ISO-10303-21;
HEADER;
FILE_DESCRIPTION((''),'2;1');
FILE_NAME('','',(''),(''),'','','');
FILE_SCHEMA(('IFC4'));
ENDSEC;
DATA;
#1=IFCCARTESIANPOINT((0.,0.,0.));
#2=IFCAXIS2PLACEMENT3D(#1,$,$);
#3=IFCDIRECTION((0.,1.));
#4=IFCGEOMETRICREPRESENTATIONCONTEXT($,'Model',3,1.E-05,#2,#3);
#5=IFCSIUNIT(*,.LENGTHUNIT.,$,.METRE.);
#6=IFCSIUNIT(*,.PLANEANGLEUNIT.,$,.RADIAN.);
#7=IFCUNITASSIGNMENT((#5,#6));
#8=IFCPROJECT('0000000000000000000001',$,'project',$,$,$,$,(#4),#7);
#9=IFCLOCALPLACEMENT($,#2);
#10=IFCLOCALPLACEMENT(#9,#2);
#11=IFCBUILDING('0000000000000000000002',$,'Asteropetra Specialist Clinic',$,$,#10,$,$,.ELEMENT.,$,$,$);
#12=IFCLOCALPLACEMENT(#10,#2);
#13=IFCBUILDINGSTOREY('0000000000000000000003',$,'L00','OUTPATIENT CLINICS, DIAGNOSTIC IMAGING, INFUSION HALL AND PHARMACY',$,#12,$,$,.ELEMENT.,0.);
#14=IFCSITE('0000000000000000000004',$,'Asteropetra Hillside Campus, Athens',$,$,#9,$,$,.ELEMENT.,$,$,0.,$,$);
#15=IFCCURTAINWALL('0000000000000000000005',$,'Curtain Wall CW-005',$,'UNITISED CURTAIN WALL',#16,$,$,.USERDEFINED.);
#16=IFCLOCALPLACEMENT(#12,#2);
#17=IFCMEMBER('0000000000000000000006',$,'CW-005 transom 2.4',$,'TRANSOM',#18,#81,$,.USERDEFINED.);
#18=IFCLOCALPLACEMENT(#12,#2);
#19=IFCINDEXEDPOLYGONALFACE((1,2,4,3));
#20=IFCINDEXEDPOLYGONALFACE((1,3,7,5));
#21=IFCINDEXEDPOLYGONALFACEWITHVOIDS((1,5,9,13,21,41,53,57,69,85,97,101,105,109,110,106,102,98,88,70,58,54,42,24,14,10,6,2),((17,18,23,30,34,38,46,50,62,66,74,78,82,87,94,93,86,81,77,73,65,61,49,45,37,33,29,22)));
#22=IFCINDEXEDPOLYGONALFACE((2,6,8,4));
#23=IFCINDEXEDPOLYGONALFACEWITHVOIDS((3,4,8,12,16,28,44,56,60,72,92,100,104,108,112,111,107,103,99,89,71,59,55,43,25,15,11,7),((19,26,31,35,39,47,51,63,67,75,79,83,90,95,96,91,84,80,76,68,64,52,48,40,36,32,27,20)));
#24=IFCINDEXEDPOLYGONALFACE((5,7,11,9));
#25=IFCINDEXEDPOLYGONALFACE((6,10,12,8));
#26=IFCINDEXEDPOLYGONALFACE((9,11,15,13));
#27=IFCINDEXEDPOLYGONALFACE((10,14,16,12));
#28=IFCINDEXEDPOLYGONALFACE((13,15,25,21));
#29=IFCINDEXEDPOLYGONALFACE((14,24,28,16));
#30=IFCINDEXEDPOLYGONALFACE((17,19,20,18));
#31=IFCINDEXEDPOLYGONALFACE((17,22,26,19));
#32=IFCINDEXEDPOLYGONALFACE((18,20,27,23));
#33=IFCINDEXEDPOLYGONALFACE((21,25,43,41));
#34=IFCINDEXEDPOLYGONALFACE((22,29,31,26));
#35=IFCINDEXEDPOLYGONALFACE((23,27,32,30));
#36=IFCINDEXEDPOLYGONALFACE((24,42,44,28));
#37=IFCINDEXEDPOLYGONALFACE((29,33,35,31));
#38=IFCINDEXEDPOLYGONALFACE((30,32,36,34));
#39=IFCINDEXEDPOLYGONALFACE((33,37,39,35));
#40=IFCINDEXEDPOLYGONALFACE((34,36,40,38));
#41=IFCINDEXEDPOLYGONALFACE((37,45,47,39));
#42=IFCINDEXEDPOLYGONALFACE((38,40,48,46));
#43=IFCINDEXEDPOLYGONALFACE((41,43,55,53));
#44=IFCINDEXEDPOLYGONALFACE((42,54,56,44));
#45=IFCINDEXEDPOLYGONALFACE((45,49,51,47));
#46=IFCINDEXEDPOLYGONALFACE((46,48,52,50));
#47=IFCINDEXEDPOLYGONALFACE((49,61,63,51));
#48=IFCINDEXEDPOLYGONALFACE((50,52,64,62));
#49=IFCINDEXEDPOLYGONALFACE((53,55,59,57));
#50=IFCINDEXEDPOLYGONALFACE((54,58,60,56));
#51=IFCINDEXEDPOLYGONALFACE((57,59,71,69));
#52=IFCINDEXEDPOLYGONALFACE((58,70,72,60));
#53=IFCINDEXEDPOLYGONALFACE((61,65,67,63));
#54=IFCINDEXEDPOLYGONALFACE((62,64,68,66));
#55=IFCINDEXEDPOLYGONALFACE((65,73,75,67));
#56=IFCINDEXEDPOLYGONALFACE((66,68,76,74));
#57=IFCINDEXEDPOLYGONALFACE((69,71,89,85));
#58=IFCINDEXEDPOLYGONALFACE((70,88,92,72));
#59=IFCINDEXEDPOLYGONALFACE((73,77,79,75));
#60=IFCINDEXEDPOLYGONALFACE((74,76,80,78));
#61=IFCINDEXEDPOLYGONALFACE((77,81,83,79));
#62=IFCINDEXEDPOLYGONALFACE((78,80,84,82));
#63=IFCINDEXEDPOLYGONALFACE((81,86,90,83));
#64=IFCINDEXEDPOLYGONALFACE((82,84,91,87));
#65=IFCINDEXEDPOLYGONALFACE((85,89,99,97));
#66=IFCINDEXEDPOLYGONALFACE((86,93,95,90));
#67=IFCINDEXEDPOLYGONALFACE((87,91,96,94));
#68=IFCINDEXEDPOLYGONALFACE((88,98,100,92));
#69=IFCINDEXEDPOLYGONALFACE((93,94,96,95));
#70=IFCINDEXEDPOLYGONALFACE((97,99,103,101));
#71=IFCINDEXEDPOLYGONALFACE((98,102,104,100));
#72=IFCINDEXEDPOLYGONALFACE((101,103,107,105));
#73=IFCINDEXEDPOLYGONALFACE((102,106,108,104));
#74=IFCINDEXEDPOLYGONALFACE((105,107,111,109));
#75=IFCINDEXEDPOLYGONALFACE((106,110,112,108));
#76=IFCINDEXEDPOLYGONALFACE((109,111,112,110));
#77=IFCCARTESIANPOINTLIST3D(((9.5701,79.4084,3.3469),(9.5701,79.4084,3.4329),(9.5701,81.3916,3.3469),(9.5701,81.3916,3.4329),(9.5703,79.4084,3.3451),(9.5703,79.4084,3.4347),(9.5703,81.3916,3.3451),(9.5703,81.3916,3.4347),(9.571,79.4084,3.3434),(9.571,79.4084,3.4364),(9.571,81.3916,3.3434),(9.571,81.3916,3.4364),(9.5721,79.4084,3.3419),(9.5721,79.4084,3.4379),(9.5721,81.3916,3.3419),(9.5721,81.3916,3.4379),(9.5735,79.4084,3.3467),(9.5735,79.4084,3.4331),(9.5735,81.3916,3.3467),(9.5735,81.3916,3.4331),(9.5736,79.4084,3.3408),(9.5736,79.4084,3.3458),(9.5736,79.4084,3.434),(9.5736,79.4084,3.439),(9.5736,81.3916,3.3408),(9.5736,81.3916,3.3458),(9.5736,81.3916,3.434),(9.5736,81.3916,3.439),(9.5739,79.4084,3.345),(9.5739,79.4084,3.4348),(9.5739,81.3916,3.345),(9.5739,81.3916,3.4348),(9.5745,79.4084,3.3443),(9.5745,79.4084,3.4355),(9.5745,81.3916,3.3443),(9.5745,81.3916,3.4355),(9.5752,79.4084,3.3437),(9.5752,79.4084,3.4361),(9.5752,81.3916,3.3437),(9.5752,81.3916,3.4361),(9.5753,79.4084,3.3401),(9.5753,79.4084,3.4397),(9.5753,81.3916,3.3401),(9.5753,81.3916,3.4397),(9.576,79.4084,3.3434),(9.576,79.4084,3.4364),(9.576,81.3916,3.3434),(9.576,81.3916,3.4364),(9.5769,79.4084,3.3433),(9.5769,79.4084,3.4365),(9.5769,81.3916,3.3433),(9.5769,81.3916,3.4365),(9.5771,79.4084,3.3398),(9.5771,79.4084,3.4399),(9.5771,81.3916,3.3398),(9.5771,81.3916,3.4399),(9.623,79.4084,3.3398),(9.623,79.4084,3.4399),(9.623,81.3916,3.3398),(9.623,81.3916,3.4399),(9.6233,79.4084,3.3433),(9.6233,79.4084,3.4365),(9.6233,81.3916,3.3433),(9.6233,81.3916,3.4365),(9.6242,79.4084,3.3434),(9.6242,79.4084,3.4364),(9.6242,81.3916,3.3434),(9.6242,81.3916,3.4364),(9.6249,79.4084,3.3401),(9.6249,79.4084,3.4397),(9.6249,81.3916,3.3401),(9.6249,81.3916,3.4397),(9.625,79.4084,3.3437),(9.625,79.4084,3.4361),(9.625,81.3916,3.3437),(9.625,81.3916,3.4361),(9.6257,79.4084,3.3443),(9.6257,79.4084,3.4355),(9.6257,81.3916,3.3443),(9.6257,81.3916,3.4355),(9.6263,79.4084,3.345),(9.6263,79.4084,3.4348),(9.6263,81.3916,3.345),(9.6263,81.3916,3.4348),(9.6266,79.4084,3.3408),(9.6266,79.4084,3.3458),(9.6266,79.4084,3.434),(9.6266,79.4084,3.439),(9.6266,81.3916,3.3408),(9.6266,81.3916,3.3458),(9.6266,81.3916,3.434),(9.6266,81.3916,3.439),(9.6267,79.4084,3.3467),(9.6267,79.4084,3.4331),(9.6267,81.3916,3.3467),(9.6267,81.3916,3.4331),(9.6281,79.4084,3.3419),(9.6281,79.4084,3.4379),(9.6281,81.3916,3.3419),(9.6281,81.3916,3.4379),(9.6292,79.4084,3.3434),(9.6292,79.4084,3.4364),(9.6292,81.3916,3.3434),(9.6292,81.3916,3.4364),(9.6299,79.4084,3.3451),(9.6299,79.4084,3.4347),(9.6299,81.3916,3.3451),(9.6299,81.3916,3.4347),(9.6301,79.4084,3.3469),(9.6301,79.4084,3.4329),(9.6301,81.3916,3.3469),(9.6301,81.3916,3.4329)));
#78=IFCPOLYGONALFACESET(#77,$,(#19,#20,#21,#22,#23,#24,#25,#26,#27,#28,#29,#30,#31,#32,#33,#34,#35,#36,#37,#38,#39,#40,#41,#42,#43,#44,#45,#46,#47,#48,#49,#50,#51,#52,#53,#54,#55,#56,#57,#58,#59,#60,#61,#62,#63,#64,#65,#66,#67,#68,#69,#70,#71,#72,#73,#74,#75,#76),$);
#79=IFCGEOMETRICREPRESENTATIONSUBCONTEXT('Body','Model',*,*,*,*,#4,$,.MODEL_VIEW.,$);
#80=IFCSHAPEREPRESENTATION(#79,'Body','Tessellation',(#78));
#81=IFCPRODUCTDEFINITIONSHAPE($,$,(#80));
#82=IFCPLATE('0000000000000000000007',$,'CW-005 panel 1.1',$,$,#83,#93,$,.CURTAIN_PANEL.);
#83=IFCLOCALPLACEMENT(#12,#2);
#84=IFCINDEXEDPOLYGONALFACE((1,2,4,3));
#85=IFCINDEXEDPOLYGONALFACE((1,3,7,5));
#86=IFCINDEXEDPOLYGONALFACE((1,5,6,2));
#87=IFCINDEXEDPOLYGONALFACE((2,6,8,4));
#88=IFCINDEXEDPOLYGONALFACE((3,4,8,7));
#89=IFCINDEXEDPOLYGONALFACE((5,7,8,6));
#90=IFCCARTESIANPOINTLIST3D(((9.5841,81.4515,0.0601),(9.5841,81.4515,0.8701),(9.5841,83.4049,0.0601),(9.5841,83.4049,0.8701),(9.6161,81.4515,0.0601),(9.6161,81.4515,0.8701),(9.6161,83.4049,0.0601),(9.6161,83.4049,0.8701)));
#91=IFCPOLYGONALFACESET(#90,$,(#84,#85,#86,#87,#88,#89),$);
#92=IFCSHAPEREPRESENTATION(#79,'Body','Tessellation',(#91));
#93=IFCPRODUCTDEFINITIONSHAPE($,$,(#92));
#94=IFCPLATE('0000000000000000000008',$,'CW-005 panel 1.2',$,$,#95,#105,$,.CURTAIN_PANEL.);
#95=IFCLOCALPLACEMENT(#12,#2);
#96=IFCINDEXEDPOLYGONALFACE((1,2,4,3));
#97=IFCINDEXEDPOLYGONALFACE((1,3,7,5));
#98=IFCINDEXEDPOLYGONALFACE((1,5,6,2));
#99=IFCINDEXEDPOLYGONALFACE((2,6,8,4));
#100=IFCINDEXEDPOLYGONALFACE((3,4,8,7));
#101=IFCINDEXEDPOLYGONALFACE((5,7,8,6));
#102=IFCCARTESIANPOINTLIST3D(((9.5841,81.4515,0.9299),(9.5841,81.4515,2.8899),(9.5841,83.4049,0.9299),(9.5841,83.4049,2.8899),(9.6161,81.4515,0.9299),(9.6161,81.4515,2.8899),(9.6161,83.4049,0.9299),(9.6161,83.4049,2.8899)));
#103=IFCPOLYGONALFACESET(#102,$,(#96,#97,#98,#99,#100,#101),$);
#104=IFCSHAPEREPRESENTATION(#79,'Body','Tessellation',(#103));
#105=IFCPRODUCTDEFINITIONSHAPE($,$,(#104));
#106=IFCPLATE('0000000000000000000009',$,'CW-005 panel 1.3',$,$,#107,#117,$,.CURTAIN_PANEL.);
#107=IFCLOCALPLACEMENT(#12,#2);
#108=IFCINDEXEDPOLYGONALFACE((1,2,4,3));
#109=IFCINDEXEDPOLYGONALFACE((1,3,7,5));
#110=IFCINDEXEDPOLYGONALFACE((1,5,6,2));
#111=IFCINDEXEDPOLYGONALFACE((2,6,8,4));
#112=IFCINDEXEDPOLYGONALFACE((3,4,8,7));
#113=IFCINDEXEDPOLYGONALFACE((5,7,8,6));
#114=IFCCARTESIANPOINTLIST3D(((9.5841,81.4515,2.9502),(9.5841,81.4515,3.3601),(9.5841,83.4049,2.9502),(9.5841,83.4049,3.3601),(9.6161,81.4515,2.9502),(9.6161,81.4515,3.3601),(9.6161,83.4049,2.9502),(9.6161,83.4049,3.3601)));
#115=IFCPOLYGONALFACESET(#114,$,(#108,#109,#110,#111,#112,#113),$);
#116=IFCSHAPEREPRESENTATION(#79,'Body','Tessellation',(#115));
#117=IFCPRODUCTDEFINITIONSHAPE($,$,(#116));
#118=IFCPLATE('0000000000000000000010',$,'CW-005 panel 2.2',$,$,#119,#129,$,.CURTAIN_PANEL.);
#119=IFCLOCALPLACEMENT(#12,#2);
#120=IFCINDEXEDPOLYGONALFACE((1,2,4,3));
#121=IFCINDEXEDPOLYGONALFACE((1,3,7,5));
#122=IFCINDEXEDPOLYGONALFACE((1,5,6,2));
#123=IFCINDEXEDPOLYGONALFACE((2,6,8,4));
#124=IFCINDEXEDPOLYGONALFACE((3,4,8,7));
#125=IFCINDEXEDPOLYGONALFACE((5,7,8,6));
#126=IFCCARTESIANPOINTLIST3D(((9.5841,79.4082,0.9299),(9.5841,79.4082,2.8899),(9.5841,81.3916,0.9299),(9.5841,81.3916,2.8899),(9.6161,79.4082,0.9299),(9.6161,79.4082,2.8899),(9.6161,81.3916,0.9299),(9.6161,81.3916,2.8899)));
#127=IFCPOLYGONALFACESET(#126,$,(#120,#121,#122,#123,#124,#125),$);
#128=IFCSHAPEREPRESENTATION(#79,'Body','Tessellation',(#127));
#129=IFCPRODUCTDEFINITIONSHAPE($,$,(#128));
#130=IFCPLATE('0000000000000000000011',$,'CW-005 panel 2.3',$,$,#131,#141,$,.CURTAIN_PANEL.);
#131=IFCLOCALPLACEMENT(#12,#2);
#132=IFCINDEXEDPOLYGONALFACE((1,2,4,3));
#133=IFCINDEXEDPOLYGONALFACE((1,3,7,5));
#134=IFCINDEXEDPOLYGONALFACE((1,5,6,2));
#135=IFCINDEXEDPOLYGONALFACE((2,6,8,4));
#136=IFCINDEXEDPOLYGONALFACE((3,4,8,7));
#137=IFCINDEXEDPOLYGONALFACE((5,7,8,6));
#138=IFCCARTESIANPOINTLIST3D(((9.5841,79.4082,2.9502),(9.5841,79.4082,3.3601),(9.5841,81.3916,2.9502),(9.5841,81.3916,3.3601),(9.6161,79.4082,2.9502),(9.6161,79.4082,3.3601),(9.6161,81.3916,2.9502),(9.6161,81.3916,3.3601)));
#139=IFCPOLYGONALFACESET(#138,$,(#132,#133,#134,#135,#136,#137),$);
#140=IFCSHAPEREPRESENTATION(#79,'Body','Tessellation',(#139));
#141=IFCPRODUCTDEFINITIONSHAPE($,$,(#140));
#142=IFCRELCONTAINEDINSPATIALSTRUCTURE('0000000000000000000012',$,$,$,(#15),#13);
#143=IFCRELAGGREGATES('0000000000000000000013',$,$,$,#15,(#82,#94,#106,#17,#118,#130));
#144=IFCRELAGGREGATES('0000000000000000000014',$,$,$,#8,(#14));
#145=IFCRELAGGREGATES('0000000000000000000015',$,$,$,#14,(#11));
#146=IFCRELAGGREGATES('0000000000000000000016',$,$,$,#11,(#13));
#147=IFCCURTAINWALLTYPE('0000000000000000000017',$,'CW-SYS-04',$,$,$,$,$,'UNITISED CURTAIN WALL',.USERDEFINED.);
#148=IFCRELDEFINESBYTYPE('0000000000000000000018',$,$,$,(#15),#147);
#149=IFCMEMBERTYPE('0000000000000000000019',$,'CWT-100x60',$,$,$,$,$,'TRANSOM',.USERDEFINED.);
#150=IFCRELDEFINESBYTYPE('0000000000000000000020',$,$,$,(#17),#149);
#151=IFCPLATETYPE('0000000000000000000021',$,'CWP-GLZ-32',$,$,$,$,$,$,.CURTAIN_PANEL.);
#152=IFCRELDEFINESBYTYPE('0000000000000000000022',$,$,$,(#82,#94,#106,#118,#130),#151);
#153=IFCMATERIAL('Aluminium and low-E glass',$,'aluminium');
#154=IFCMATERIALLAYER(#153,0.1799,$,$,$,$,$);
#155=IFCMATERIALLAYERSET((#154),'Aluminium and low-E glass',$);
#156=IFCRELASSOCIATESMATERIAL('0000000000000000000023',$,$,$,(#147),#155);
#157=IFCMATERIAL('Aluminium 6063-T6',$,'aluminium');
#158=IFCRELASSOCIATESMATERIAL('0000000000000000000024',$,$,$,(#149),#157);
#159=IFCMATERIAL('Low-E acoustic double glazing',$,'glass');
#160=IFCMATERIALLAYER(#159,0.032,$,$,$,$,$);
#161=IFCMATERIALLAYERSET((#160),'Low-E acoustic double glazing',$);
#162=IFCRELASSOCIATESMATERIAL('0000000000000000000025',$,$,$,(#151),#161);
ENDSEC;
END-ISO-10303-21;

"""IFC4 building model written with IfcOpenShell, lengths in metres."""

from ifc_helpers import new_model, si_unit, direction, frame, origin, origin_2d, place, context, subcontext, project, spatial, rectangle, hollow_rectangle, extrude, material, layer, layer_set, material_profile, profile_set, type_object, element, aggregate, save


model = new_model("IFC4")

# Units and contexts
model_context = context("Model", 3, precision=1e-05, world=origin(), true_north=direction((0.0, 1.0)))
body_context = subcontext(model_context, "Body", "Model", "MODEL_VIEW")
ifc_project = project(units=[si_unit("LENGTHUNIT", "METRE"), si_unit("PLANEANGLEUNIT", "RADIAN")], contexts=[model_context])

# Site, building, storey
site_placement = place(None, origin())
site = spatial("IfcSite", under=ifc_project, at=site_placement, Name="Asteropetra Hillside Campus, Athens", CompositionType="ELEMENT", RefElevation=0.0)
building_placement = place(site_placement, origin())
building = spatial("IfcBuilding", under=site, at=building_placement, Name="Asteropetra Specialist Clinic", CompositionType="ELEMENT")
storey_placement = place(building_placement, origin())
storey = spatial("IfcBuildingStorey", under=building, at=storey_placement, Name="L00", Description="OUTPATIENT CLINICS, DIAGNOSTIC IMAGING, INFUSION HALL AND PHARMACY", CompositionType="ELEMENT", Elevation=0.0)

# Curtain wall
ifc_material_1 = material(Name="Aluminium and low-E glass", Category="aluminium")
ifc_layer_1 = layer(ifc_material_1, 0.1799)
ifc_layer_set_1 = layer_set([ifc_layer_1], Name="Aluminium and low-E glass")
curtain_wall_type_1 = type_object("IfcCurtainWallType", Name="CW-SYS-04", ElementType="UNITISED CURTAIN WALL", PredefinedType="USERDEFINED", material=ifc_layer_set_1)
curtain_wall_1_placement = place(storey_placement, origin())
curtain_wall_1 = element("IfcCurtainWall", 1, at=curtain_wall_1_placement, inside=storey, type_object=curtain_wall_type_1, Name="Curtain Wall CW-005", ObjectType="UNITISED CURTAIN WALL", PredefinedType="USERDEFINED")

# Member
ifc_material_2 = material(Name="Aluminium 6063-T6", Category="aluminium")
ifc_material_profile_1 = material_profile(ifc_material_2, hollow_rectangle(XDim=0.0601, YDim=0.1001, WallThickness=0.0034, InnerFilletRadius=0.0034, OuterFilletRadius=0.0071, at=origin_2d()), Name="TRN 100x60x3.5")
ifc_profile_set_1 = profile_set([ifc_material_profile_1], Name="Aluminium 6063-T6")
member_type_1 = type_object("IfcMemberType", Name="CWT-100x60", ElementType="TRANSOM", PredefinedType="USERDEFINED", material=ifc_profile_set_1)
member_1_placement = place(storey_placement, frame((9.6001, 81.3916, 3.3899), z_axis=(0.0, -1.0, 0.0), x_axis=(1.0, 0.0, 0.0)))
member_1 = element("IfcMember", 2, at=member_1_placement, type_object=member_type_1, Name="CW-005 transom 2.4", ObjectType="TRANSOM", PredefinedType="USERDEFINED", context=body_context, shape_type="SweptSolid", body=[
    extrude(hollow_rectangle(XDim=0.0601, YDim=0.1001, WallThickness=0.0034, InnerFilletRadius=0.0034, OuterFilletRadius=0.0071, at=origin_2d()), origin(), (0.0, 0.0, 1.0), 1.9832),
])

# Plates
ifc_material_3 = material(Name="Low-E acoustic double glazing", Category="glass")
ifc_layer_2 = layer(ifc_material_3, 0.032)
ifc_layer_set_2 = layer_set([ifc_layer_2], Name="Low-E acoustic double glazing")
plate_type = type_object("IfcPlateType", Name="CWP-GLZ-32", PredefinedType="CURTAIN_PANEL", material=ifc_layer_set_2)
plate_1_placement = place(storey_placement, frame((9.6001, 82.4282, 0.0601), z_axis=(0.0, 0.0, 1.0), x_axis=(0.0, -1.0, 0.0)))
plate_1 = element("IfcPlate", 3, at=plate_1_placement, type_object=plate_type, Name="CW-005 panel 1.1", PredefinedType="CURTAIN_PANEL", context=body_context, shape_type="SweptSolid", body=[
    extrude(rectangle(XDim=1.9534, YDim=0.032, at=origin_2d()), origin(), (0.0, 0.0, 1.0), 0.8101),
])
plate_2_placement = place(storey_placement, frame((9.6001, 82.4282, 0.9299), z_axis=(0.0, 0.0, 1.0), x_axis=(0.0, -1.0, 0.0)))
plate_2 = element("IfcPlate", 4, at=plate_2_placement, type_object=plate_type, Name="CW-005 panel 1.2", PredefinedType="CURTAIN_PANEL", context=body_context, shape_type="SweptSolid", body=[
    extrude(rectangle(XDim=1.9534, YDim=0.032, at=origin_2d()), origin(), (0.0, 0.0, 1.0), 1.96),
])
plate_3_placement = place(storey_placement, frame((9.6001, 82.4282, 2.9502), z_axis=(0.0, 0.0, 1.0), x_axis=(0.0, -1.0, 0.0)))
plate_3 = element("IfcPlate", 5, at=plate_3_placement, type_object=plate_type, Name="CW-005 panel 1.3", PredefinedType="CURTAIN_PANEL", context=body_context, shape_type="SweptSolid", body=[
    extrude(rectangle(XDim=1.9534, YDim=0.032, at=origin_2d()), origin(), (0.0, 0.0, 1.0), 0.4099),
])
plate_4_placement = place(storey_placement, frame((9.6001, 80.3999, 0.9299), z_axis=(0.0, 0.0, 1.0), x_axis=(0.0, -1.0, 0.0)))
plate_4 = element("IfcPlate", 6, at=plate_4_placement, type_object=plate_type, Name="CW-005 panel 2.2", PredefinedType="CURTAIN_PANEL", context=body_context, shape_type="SweptSolid", body=[
    extrude(rectangle(XDim=1.9834, YDim=0.032, at=origin_2d()), origin(), (0.0, 0.0, 1.0), 1.96),
])
plate_5_placement = place(storey_placement, frame((9.6001, 80.3999, 2.9502), z_axis=(0.0, 0.0, 1.0), x_axis=(0.0, -1.0, 0.0)))
plate_5 = element("IfcPlate", 7, at=plate_5_placement, type_object=plate_type, Name="CW-005 panel 2.3", PredefinedType="CURTAIN_PANEL", context=body_context, shape_type="SweptSolid", body=[
    extrude(rectangle(XDim=1.9834, YDim=0.032, at=origin_2d()), origin(), (0.0, 0.0, 1.0), 0.4099),
])
aggregate(curtain_wall_1, [plate_1, plate_2, plate_3, member_1, plate_4, plate_5])

save(model, "model.ifc")
